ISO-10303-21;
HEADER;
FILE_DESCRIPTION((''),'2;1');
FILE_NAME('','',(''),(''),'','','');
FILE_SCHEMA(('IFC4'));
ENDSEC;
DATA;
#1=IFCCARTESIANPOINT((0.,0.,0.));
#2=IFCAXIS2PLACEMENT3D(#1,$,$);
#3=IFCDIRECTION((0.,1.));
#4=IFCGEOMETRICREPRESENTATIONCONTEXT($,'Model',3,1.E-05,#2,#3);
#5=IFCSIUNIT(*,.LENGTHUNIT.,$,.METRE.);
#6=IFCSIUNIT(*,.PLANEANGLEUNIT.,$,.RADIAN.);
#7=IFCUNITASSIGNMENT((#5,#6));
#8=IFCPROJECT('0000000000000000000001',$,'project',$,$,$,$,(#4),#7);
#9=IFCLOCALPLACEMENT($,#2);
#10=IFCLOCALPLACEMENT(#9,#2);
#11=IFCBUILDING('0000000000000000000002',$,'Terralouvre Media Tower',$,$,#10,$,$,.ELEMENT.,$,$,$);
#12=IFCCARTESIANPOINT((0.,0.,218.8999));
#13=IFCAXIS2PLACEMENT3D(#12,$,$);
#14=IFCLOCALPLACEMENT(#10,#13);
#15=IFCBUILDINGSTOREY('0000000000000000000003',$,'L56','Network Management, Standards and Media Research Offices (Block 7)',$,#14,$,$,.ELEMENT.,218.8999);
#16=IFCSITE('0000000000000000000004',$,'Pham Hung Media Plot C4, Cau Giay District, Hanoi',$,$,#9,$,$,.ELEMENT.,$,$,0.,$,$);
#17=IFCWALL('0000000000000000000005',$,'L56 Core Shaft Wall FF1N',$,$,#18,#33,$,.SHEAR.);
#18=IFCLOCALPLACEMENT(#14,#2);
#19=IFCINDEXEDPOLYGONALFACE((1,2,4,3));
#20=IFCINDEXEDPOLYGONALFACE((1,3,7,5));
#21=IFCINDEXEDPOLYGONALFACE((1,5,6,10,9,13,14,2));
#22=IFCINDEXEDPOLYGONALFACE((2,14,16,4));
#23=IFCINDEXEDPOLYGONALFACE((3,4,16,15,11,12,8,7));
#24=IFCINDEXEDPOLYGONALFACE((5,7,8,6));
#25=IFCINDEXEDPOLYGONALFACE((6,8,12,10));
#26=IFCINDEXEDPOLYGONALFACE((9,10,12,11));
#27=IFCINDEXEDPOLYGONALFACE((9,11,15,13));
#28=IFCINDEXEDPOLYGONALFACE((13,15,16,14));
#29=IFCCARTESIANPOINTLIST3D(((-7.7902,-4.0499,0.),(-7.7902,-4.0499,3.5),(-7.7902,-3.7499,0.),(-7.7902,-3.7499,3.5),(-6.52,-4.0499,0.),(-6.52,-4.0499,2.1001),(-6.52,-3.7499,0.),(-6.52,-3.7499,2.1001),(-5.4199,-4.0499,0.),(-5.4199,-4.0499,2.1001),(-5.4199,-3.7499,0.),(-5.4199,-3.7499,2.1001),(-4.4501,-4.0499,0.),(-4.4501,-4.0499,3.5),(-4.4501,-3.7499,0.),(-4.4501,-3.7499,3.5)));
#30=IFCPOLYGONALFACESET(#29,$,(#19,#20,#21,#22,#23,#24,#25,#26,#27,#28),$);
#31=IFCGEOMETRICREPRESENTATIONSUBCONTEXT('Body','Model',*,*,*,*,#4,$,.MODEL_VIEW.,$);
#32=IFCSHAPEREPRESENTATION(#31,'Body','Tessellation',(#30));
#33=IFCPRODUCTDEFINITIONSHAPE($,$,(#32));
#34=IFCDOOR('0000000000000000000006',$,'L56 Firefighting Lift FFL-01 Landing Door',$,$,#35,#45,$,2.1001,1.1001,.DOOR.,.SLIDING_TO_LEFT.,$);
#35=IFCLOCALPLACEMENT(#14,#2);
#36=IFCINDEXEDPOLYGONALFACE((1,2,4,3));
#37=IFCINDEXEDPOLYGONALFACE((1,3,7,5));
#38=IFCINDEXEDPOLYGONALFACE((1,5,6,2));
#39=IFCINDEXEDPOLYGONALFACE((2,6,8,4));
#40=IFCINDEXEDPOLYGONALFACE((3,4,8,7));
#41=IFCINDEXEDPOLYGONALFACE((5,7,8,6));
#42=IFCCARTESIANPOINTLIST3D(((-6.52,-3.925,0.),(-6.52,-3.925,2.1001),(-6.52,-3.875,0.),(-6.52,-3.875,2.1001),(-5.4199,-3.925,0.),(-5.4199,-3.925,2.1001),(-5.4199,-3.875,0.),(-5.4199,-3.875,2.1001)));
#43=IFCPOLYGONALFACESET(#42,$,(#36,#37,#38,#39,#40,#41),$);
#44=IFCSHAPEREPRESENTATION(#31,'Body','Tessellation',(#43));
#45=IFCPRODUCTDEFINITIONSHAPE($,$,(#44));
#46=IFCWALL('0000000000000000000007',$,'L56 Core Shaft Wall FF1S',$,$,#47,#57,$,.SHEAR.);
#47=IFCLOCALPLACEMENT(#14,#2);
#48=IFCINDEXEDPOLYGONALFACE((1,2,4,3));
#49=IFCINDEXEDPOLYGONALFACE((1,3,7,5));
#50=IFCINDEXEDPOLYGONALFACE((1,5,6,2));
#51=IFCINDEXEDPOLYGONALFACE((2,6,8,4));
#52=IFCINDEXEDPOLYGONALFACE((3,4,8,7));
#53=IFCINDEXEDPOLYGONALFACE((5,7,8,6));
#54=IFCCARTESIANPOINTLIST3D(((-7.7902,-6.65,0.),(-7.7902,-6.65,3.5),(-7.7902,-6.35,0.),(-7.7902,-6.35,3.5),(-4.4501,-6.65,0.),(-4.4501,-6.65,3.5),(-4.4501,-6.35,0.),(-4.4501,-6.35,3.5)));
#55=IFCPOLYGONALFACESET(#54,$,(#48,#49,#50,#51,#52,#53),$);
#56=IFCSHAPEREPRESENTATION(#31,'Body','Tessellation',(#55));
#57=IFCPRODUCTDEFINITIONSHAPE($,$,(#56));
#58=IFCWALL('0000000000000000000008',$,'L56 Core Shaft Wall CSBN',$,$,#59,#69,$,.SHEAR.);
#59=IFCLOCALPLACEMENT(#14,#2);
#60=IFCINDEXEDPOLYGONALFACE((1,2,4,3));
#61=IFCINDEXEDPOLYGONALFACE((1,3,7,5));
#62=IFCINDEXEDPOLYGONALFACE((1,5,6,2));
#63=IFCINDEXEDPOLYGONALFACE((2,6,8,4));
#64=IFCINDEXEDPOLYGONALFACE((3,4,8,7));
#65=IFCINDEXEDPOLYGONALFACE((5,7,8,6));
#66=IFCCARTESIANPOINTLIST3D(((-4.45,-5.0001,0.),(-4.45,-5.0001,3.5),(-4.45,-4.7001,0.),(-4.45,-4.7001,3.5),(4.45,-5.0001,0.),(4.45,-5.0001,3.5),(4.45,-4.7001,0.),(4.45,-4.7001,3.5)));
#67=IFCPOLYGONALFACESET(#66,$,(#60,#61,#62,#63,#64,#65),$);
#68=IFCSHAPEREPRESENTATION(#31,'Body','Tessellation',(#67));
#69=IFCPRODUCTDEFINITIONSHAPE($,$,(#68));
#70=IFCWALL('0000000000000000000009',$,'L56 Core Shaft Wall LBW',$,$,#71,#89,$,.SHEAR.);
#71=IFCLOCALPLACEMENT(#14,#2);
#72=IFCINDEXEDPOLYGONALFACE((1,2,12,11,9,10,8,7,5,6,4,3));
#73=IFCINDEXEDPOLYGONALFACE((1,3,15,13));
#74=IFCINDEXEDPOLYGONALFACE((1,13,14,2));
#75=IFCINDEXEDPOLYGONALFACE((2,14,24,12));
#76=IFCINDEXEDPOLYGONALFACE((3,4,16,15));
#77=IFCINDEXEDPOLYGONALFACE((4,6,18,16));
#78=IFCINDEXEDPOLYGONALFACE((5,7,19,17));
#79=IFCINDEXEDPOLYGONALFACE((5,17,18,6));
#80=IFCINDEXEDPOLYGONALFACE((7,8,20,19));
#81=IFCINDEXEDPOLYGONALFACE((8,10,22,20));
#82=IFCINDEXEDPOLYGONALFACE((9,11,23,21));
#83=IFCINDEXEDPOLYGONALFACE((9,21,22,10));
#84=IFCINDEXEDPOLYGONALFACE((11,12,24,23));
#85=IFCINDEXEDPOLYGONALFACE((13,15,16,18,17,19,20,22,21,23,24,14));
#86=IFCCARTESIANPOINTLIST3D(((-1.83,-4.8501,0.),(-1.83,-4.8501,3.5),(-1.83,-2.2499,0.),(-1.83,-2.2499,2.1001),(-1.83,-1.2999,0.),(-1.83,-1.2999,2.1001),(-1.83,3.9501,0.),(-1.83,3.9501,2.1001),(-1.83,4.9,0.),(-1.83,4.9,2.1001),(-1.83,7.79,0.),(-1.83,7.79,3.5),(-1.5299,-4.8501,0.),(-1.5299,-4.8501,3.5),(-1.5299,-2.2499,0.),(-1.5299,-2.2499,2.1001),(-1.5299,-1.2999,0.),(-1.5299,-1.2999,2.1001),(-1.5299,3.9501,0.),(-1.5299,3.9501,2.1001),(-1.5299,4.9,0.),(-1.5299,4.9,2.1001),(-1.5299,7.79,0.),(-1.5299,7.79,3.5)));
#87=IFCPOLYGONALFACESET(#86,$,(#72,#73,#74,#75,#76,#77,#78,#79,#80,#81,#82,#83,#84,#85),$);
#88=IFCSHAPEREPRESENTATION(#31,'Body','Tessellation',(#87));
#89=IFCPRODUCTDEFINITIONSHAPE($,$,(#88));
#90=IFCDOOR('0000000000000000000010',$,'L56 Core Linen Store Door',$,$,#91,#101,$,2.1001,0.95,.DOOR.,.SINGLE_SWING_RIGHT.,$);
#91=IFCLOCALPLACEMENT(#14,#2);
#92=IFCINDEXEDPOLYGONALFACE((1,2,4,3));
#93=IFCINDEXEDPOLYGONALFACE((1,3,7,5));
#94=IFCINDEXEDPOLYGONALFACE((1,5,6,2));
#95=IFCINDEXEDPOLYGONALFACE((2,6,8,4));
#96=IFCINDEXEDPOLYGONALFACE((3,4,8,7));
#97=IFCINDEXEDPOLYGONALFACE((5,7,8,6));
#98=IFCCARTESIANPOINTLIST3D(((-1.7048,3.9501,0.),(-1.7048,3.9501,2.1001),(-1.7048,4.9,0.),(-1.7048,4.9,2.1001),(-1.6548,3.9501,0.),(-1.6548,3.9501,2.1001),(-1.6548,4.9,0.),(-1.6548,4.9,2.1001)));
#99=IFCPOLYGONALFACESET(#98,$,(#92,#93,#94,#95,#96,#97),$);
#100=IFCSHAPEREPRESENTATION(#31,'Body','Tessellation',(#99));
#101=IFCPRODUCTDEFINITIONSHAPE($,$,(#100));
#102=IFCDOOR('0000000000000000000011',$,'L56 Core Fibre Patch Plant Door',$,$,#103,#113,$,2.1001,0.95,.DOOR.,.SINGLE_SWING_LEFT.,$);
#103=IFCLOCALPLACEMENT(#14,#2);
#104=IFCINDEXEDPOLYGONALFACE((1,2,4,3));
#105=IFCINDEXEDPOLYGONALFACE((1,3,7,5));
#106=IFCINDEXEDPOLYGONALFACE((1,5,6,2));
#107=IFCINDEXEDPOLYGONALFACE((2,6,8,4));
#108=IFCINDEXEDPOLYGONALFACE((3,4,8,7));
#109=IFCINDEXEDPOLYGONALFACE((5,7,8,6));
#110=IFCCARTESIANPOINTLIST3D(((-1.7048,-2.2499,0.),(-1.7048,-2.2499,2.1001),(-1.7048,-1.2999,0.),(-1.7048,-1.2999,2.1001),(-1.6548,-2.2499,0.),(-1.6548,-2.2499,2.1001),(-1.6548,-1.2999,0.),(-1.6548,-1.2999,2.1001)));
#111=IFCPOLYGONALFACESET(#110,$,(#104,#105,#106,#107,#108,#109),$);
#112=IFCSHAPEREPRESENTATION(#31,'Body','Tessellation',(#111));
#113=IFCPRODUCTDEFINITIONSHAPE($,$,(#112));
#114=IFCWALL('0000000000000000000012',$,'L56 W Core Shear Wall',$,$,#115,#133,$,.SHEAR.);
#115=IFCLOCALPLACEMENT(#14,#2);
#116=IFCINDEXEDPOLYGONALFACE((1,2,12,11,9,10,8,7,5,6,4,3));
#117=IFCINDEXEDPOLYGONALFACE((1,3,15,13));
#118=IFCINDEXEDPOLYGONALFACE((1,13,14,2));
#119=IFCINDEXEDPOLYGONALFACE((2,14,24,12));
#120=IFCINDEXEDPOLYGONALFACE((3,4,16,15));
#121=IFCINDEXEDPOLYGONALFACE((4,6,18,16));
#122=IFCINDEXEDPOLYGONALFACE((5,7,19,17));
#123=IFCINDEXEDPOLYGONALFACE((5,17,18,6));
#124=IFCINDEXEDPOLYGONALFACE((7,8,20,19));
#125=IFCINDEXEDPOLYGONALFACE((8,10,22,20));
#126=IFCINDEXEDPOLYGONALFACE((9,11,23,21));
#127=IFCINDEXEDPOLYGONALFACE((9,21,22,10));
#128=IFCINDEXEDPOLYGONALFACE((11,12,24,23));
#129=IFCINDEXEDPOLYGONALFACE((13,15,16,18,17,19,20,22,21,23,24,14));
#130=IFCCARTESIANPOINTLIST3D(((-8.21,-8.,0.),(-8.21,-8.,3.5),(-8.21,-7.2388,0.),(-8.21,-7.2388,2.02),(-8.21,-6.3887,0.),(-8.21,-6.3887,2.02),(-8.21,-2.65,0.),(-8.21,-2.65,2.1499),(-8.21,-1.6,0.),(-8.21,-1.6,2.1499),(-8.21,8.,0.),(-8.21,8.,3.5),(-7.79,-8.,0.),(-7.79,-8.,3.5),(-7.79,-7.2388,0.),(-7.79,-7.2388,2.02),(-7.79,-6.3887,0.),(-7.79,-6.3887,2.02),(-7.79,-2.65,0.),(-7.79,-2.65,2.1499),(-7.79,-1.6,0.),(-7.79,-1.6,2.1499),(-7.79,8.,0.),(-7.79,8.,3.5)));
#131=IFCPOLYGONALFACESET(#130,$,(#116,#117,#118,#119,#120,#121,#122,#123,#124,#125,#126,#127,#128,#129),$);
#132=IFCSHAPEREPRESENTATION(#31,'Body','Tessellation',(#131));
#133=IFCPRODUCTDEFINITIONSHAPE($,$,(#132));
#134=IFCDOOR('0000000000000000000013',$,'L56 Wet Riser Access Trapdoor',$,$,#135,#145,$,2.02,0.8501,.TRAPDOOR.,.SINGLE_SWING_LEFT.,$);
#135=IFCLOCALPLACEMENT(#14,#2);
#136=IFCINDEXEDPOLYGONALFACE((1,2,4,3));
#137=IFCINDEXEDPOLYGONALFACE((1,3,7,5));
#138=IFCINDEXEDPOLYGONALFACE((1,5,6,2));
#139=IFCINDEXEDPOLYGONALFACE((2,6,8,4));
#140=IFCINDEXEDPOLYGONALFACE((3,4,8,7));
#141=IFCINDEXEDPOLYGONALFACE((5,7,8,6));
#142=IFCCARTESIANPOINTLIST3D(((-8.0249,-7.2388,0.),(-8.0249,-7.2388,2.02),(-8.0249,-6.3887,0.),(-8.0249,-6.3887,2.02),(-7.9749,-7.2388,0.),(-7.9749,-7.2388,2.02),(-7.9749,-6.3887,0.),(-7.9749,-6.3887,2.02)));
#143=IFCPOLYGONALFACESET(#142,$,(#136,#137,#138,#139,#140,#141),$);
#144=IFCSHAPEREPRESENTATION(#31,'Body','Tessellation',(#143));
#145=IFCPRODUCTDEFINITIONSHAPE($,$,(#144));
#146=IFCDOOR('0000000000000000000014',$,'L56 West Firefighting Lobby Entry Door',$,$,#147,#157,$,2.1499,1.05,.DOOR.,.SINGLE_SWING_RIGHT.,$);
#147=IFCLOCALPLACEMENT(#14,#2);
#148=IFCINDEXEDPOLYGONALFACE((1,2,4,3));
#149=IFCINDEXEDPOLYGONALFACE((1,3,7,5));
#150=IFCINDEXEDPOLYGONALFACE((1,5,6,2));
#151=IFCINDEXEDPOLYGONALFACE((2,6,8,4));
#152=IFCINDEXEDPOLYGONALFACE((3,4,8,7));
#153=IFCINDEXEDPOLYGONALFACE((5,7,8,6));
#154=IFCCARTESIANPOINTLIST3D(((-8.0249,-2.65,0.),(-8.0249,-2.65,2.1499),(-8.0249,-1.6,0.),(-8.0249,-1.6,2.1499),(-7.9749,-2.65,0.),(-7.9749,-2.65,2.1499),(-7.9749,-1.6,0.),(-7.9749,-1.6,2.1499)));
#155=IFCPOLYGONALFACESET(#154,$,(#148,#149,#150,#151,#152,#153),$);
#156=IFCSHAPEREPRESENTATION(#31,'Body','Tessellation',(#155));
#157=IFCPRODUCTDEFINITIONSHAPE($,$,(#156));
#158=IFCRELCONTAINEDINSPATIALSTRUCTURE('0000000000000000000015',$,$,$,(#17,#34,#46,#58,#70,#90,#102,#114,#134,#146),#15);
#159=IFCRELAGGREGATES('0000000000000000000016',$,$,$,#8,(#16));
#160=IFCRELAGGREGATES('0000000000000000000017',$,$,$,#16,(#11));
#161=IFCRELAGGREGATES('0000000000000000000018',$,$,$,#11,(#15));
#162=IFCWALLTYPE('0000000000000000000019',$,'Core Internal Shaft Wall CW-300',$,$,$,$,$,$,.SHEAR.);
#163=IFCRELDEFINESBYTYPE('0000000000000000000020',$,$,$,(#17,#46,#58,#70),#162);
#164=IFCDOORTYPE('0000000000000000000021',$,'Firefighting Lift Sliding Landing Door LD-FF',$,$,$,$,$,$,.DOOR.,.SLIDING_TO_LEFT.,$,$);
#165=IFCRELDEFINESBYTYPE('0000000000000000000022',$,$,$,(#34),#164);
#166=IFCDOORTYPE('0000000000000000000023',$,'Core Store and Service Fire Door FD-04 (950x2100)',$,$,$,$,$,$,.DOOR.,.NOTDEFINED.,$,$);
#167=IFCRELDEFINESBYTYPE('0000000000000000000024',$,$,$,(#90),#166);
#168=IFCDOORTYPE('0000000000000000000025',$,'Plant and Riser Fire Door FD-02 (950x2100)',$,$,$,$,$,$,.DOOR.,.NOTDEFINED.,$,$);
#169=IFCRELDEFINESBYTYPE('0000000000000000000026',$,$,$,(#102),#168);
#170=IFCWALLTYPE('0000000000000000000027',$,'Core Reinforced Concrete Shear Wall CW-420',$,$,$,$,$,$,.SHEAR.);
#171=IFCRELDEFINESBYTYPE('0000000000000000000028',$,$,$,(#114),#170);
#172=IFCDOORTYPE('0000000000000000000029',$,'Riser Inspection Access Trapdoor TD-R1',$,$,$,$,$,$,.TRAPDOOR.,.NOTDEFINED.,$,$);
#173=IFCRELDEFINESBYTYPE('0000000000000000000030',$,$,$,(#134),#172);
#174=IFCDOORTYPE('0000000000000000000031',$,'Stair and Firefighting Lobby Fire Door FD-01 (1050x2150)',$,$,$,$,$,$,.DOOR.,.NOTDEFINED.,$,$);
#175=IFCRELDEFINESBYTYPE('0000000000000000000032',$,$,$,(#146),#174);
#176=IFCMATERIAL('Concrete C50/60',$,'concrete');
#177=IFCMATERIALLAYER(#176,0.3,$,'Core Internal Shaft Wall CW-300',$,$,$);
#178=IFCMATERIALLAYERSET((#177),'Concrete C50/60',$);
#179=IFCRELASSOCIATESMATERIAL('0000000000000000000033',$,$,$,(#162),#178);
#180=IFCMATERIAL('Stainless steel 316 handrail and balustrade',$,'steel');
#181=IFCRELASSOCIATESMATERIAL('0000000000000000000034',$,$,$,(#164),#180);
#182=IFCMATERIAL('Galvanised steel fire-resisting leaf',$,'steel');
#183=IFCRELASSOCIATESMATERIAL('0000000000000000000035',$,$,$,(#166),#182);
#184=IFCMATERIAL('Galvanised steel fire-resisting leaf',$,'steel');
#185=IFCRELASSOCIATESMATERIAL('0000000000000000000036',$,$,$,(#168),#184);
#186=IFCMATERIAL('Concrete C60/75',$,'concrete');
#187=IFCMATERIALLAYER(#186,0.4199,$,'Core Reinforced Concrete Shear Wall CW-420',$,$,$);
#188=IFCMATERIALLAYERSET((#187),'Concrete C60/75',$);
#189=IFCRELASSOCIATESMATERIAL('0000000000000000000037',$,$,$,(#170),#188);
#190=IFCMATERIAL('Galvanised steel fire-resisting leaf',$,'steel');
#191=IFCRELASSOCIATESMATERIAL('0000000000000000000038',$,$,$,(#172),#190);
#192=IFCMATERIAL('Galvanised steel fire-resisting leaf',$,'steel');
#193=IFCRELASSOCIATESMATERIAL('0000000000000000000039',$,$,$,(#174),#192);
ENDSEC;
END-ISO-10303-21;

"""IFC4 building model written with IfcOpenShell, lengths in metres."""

from ifc_helpers import new_model, si_unit, direction, frame, frame_2d, origin, place, context, subcontext, project, spatial, rectangle, extrude, material, layer, layer_set, type_object, element, fill, save


model = new_model("IFC4")

# Units and contexts
model_context = context("Model", 3, precision=1e-05, world=origin(), true_north=direction((0.0, 1.0)))
body_context = subcontext(model_context, "Body", "Model", "MODEL_VIEW")
ifc_project = project(units=[si_unit("LENGTHUNIT", "METRE"), si_unit("PLANEANGLEUNIT", "RADIAN")], contexts=[model_context])

# Site, building, storey
site_placement = place(None, origin())
site = spatial("IfcSite", under=ifc_project, at=site_placement, Name="Pham Hung Media Plot C4, Cau Giay District, Hanoi", CompositionType="ELEMENT", RefElevation=0.0)
building_placement = place(site_placement, origin())
building = spatial("IfcBuilding", under=site, at=building_placement, Name="Terralouvre Media Tower", CompositionType="ELEMENT")
storey_placement = place(building_placement, frame((0.0, 0.0, 218.8999)))
storey = spatial("IfcBuildingStorey", under=building, at=storey_placement, Name="L56", Description="Network Management, Standards and Media Research Offices (Block 7)", CompositionType="ELEMENT", Elevation=218.8999)

# Shared definitions
ifc_material_1 = material(Name="Concrete C50/60", Category="concrete")
ifc_layer_1 = layer(ifc_material_1, 0.3, Name="Core Internal Shaft Wall CW-300")
ifc_layer_set_1 = layer_set([ifc_layer_1], Name="Concrete C50/60")
wall_type_1 = type_object("IfcWallType", Name="Core Internal Shaft Wall CW-300", PredefinedType="SHEAR", material=ifc_layer_set_1)

# Wall, opening, door
wall_1_placement = place(storey_placement, frame((-7.79, -3.8999, 0.0), z_axis=(0.0, 0.0, 1.0), x_axis=(1.0, 0.0, 0.0)))
wall_1 = element("IfcWall", 1, at=wall_1_placement, inside=storey, type_object=wall_type_1, Name="L56 Core Shaft Wall FF1N", PredefinedType="SHEAR", context=body_context, shape_type="SweptSolid", body=[
    extrude(rectangle(XDim=3.3401, YDim=0.3, at=frame_2d((1.6699, 0.0))), origin(), (0.0, 0.0, 1.0), 3.5),
])
opening_1_placement = place(wall_1_placement, frame((1.27, 0.0, 0.0)))
opening_1 = element("IfcOpeningElement", 2, at=opening_1_placement, cuts=wall_1, PredefinedType="OPENING", context=body_context, shape_type="SweptSolid", body=[
    extrude(rectangle(XDim=1.1001, YDim=2.1001, at=frame_2d((0.55, 1.05))), frame((0.0, 0.1599, 0.0), z_axis=(0.0, -1.0, 0.0), x_axis=(1.0, 0.0, 0.0)), (0.0, 0.0, 1.0), 0.3201),
])
ifc_material_2 = material(Name="Stainless steel 316 handrail and balustrade", Category="steel")
door_type_1 = type_object("IfcDoorType", Name="Firefighting Lift Sliding Landing Door LD-FF", OperationType="SLIDING_TO_LEFT", PredefinedType="DOOR", material=ifc_material_2)
door_1_placement = place(opening_1_placement, origin())
door_1 = element("IfcDoor", 3, at=door_1_placement, inside=storey, type_object=door_type_1, Name="L56 Firefighting Lift FFL-01 Landing Door", OperationType="SLIDING_TO_LEFT", OverallHeight=2.1001, OverallWidth=1.1001, PredefinedType="DOOR", context=body_context, shape_type="SweptSolid", body=[
    extrude(rectangle(XDim=1.1001, YDim=2.1001, at=frame_2d((0.55, 1.05))), frame((0.0, 0.0249, 0.0), z_axis=(0.0, -1.0, 0.0), x_axis=(1.0, 0.0, 0.0)), (0.0, 0.0, 1.0), 0.05),
])
fill(opening_1, door_1)

# Walls
wall_2_placement = place(storey_placement, frame((-7.79, -6.5, 0.0), z_axis=(0.0, 0.0, 1.0), x_axis=(1.0, 0.0, 0.0)))
element("IfcWall", 4, at=wall_2_placement, inside=storey, type_object=wall_type_1, Name="L56 Core Shaft Wall FF1S", PredefinedType="SHEAR", context=body_context, shape_type="SweptSolid", body=[
    extrude(rectangle(XDim=3.3401, YDim=0.3, at=frame_2d((1.6699, 0.0))), origin(), (0.0, 0.0, 1.0), 3.5),
])
wall_3_placement = place(storey_placement, frame((-4.45, -4.8501, 0.0), z_axis=(0.0, 0.0, 1.0), x_axis=(1.0, 0.0, 0.0)))
element("IfcWall", 5, at=wall_3_placement, inside=storey, type_object=wall_type_1, Name="L56 Core Shaft Wall CSBN", PredefinedType="SHEAR", context=body_context, shape_type="SweptSolid", body=[
    extrude(rectangle(XDim=8.8999, YDim=0.3, at=frame_2d((4.45, 0.0))), origin(), (0.0, 0.0, 1.0), 3.5),
])

# Walls, openings, doors
wall_4_placement = place(storey_placement, frame((-1.6799, -4.8501, 0.0), z_axis=(0.0, 0.0, 1.0), x_axis=(0.0, 1.0, 0.0)))
wall_4 = element("IfcWall", 6, at=wall_4_placement, inside=storey, type_object=wall_type_1, Name="L56 Core Shaft Wall LBW", PredefinedType="SHEAR", context=body_context, shape_type="SweptSolid", body=[
    extrude(rectangle(XDim=12.6401, YDim=0.3, at=frame_2d((6.3201, 0.0))), origin(), (0.0, 0.0, 1.0), 3.5),
])
opening_2_placement = place(wall_4_placement, frame((2.6001, 0.0, 0.0)))
opening_2 = element("IfcOpeningElement", 7, at=opening_2_placement, cuts=wall_4, PredefinedType="OPENING", context=body_context, shape_type="SweptSolid", body=[
    extrude(rectangle(XDim=0.95, YDim=2.1001, at=frame_2d((0.4751, 1.05))), frame((0.0, 0.1599, 0.0), z_axis=(0.0, -1.0, 0.0), x_axis=(1.0, 0.0, 0.0)), (0.0, 0.0, 1.0), 0.3201),
])
opening_3_placement = place(wall_4_placement, frame((8.8, 0.0, 0.0)))
opening_3 = element("IfcOpeningElement", 8, at=opening_3_placement, cuts=wall_4, PredefinedType="OPENING", context=body_context, shape_type="SweptSolid", body=[
    extrude(rectangle(XDim=0.95, YDim=2.1001, at=frame_2d((0.4751, 1.05))), frame((0.0, 0.1599, 0.0), z_axis=(0.0, -1.0, 0.0), x_axis=(1.0, 0.0, 0.0)), (0.0, 0.0, 1.0), 0.3201),
])
ifc_material_3 = material(Name="Galvanised steel fire-resisting leaf", Category="steel")
door_type_2 = type_object("IfcDoorType", Name="Core Store and Service Fire Door FD-04 (950x2100)", OperationType="NOTDEFINED", PredefinedType="DOOR", material=ifc_material_3)
door_2_placement = place(opening_3_placement, origin())
door_2 = element("IfcDoor", 9, at=door_2_placement, inside=storey, type_object=door_type_2, Name="L56 Core Linen Store Door", OperationType="SINGLE_SWING_RIGHT", OverallHeight=2.1001, OverallWidth=0.95, PredefinedType="DOOR", context=body_context, shape_type="SweptSolid", body=[
    extrude(rectangle(XDim=0.95, YDim=2.1001, at=frame_2d((0.4751, 1.05))), frame((0.0, 0.0249, 0.0), z_axis=(0.0, -1.0, 0.0), x_axis=(1.0, 0.0, 0.0)), (0.0, 0.0, 1.0), 0.05),
])
fill(opening_3, door_2)
ifc_material_4 = material(Name="Galvanised steel fire-resisting leaf", Category="steel")
door_type_3 = type_object("IfcDoorType", Name="Plant and Riser Fire Door FD-02 (950x2100)", OperationType="NOTDEFINED", PredefinedType="DOOR", material=ifc_material_4)
door_3_placement = place(opening_2_placement, origin())
door_3 = element("IfcDoor", 10, at=door_3_placement, inside=storey, type_object=door_type_3, Name="L56 Core Fibre Patch Plant Door", OperationType="SINGLE_SWING_LEFT", OverallHeight=2.1001, OverallWidth=0.95, PredefinedType="DOOR", context=body_context, shape_type="SweptSolid", body=[
    extrude(rectangle(XDim=0.95, YDim=2.1001, at=frame_2d((0.4751, 1.05))), frame((0.0, 0.0249, 0.0), z_axis=(0.0, -1.0, 0.0), x_axis=(1.0, 0.0, 0.0)), (0.0, 0.0, 1.0), 0.05),
])
fill(opening_2, door_3)
ifc_material_5 = material(Name="Concrete C60/75", Category="concrete")
ifc_layer_2 = layer(ifc_material_5, 0.4199, Name="Core Reinforced Concrete Shear Wall CW-420")
ifc_layer_set_2 = layer_set([ifc_layer_2], Name="Concrete C60/75")
wall_type_2 = type_object("IfcWallType", Name="Core Reinforced Concrete Shear Wall CW-420", PredefinedType="SHEAR", material=ifc_layer_set_2)
wall_5_placement = place(storey_placement, frame((-8.0, -8.0, 0.0), z_axis=(0.0, 0.0, 1.0), x_axis=(0.0, 1.0, 0.0)))
wall_5 = element("IfcWall", 11, at=wall_5_placement, inside=storey, type_object=wall_type_2, Name="L56 W Core Shear Wall", PredefinedType="SHEAR", context=body_context, shape_type="SweptSolid", body=[
    extrude(rectangle(XDim=16.0, YDim=0.4199, at=frame_2d((8.0, 0.0))), origin(), (0.0, 0.0, 1.0), 3.5),
])
opening_4_placement = place(wall_5_placement, frame((0.7612, 0.0, 0.0)))
opening_4 = element("IfcOpeningElement", 12, at=opening_4_placement, cuts=wall_5, PredefinedType="OPENING", context=body_context, shape_type="SweptSolid", body=[
    extrude(rectangle(XDim=0.8501, YDim=2.02, at=frame_2d((0.425, 1.01))), frame((0.0, 0.22, 0.0), z_axis=(0.0, -1.0, 0.0), x_axis=(1.0, 0.0, 0.0)), (0.0, 0.0, 1.0), 0.4399),
])
opening_5_placement = place(wall_5_placement, frame((5.3501, 0.0, 0.0)))
opening_5 = element("IfcOpeningElement", 13, at=opening_5_placement, cuts=wall_5, PredefinedType="OPENING", context=body_context, shape_type="SweptSolid", body=[
    extrude(rectangle(XDim=1.05, YDim=2.1499, at=frame_2d((0.5249, 1.075))), frame((0.0, 0.22, 0.0), z_axis=(0.0, -1.0, 0.0), x_axis=(1.0, 0.0, 0.0)), (0.0, 0.0, 1.0), 0.4399),
])
ifc_material_6 = material(Name="Galvanised steel fire-resisting leaf", Category="steel")
door_type_4 = type_object("IfcDoorType", Name="Riser Inspection Access Trapdoor TD-R1", OperationType="NOTDEFINED", PredefinedType="TRAPDOOR", material=ifc_material_6)
door_4_placement = place(opening_4_placement, origin())
door_4 = element("IfcDoor", 14, at=door_4_placement, inside=storey, type_object=door_type_4, Name="L56 Wet Riser Access Trapdoor", OperationType="SINGLE_SWING_LEFT", OverallHeight=2.02, OverallWidth=0.8501, PredefinedType="TRAPDOOR", context=body_context, shape_type="SweptSolid", body=[
    extrude(rectangle(XDim=0.8501, YDim=2.02, at=frame_2d((0.425, 1.01))), frame((0.0, 0.0249, 0.0), z_axis=(0.0, -1.0, 0.0), x_axis=(1.0, 0.0, 0.0)), (0.0, 0.0, 1.0), 0.05),
])
fill(opening_4, door_4)
ifc_material_7 = material(Name="Galvanised steel fire-resisting leaf", Category="steel")
door_type_5 = type_object("IfcDoorType", Name="Stair and Firefighting Lobby Fire Door FD-01 (1050x2150)", OperationType="NOTDEFINED", PredefinedType="DOOR", material=ifc_material_7)
door_5_placement = place(opening_5_placement, origin())
door_5 = element("IfcDoor", 15, at=door_5_placement, inside=storey, type_object=door_type_5, Name="L56 West Firefighting Lobby Entry Door", OperationType="SINGLE_SWING_RIGHT", OverallHeight=2.1499, OverallWidth=1.05, PredefinedType="DOOR", context=body_context, shape_type="SweptSolid", body=[
    extrude(rectangle(XDim=1.05, YDim=2.1499, at=frame_2d((0.5249, 1.075))), frame((0.0, 0.0249, 0.0), z_axis=(0.0, -1.0, 0.0), x_axis=(1.0, 0.0, 0.0)), (0.0, 0.0, 1.0), 0.05),
])
fill(opening_5, door_5)

save(model, "model.ifc")
